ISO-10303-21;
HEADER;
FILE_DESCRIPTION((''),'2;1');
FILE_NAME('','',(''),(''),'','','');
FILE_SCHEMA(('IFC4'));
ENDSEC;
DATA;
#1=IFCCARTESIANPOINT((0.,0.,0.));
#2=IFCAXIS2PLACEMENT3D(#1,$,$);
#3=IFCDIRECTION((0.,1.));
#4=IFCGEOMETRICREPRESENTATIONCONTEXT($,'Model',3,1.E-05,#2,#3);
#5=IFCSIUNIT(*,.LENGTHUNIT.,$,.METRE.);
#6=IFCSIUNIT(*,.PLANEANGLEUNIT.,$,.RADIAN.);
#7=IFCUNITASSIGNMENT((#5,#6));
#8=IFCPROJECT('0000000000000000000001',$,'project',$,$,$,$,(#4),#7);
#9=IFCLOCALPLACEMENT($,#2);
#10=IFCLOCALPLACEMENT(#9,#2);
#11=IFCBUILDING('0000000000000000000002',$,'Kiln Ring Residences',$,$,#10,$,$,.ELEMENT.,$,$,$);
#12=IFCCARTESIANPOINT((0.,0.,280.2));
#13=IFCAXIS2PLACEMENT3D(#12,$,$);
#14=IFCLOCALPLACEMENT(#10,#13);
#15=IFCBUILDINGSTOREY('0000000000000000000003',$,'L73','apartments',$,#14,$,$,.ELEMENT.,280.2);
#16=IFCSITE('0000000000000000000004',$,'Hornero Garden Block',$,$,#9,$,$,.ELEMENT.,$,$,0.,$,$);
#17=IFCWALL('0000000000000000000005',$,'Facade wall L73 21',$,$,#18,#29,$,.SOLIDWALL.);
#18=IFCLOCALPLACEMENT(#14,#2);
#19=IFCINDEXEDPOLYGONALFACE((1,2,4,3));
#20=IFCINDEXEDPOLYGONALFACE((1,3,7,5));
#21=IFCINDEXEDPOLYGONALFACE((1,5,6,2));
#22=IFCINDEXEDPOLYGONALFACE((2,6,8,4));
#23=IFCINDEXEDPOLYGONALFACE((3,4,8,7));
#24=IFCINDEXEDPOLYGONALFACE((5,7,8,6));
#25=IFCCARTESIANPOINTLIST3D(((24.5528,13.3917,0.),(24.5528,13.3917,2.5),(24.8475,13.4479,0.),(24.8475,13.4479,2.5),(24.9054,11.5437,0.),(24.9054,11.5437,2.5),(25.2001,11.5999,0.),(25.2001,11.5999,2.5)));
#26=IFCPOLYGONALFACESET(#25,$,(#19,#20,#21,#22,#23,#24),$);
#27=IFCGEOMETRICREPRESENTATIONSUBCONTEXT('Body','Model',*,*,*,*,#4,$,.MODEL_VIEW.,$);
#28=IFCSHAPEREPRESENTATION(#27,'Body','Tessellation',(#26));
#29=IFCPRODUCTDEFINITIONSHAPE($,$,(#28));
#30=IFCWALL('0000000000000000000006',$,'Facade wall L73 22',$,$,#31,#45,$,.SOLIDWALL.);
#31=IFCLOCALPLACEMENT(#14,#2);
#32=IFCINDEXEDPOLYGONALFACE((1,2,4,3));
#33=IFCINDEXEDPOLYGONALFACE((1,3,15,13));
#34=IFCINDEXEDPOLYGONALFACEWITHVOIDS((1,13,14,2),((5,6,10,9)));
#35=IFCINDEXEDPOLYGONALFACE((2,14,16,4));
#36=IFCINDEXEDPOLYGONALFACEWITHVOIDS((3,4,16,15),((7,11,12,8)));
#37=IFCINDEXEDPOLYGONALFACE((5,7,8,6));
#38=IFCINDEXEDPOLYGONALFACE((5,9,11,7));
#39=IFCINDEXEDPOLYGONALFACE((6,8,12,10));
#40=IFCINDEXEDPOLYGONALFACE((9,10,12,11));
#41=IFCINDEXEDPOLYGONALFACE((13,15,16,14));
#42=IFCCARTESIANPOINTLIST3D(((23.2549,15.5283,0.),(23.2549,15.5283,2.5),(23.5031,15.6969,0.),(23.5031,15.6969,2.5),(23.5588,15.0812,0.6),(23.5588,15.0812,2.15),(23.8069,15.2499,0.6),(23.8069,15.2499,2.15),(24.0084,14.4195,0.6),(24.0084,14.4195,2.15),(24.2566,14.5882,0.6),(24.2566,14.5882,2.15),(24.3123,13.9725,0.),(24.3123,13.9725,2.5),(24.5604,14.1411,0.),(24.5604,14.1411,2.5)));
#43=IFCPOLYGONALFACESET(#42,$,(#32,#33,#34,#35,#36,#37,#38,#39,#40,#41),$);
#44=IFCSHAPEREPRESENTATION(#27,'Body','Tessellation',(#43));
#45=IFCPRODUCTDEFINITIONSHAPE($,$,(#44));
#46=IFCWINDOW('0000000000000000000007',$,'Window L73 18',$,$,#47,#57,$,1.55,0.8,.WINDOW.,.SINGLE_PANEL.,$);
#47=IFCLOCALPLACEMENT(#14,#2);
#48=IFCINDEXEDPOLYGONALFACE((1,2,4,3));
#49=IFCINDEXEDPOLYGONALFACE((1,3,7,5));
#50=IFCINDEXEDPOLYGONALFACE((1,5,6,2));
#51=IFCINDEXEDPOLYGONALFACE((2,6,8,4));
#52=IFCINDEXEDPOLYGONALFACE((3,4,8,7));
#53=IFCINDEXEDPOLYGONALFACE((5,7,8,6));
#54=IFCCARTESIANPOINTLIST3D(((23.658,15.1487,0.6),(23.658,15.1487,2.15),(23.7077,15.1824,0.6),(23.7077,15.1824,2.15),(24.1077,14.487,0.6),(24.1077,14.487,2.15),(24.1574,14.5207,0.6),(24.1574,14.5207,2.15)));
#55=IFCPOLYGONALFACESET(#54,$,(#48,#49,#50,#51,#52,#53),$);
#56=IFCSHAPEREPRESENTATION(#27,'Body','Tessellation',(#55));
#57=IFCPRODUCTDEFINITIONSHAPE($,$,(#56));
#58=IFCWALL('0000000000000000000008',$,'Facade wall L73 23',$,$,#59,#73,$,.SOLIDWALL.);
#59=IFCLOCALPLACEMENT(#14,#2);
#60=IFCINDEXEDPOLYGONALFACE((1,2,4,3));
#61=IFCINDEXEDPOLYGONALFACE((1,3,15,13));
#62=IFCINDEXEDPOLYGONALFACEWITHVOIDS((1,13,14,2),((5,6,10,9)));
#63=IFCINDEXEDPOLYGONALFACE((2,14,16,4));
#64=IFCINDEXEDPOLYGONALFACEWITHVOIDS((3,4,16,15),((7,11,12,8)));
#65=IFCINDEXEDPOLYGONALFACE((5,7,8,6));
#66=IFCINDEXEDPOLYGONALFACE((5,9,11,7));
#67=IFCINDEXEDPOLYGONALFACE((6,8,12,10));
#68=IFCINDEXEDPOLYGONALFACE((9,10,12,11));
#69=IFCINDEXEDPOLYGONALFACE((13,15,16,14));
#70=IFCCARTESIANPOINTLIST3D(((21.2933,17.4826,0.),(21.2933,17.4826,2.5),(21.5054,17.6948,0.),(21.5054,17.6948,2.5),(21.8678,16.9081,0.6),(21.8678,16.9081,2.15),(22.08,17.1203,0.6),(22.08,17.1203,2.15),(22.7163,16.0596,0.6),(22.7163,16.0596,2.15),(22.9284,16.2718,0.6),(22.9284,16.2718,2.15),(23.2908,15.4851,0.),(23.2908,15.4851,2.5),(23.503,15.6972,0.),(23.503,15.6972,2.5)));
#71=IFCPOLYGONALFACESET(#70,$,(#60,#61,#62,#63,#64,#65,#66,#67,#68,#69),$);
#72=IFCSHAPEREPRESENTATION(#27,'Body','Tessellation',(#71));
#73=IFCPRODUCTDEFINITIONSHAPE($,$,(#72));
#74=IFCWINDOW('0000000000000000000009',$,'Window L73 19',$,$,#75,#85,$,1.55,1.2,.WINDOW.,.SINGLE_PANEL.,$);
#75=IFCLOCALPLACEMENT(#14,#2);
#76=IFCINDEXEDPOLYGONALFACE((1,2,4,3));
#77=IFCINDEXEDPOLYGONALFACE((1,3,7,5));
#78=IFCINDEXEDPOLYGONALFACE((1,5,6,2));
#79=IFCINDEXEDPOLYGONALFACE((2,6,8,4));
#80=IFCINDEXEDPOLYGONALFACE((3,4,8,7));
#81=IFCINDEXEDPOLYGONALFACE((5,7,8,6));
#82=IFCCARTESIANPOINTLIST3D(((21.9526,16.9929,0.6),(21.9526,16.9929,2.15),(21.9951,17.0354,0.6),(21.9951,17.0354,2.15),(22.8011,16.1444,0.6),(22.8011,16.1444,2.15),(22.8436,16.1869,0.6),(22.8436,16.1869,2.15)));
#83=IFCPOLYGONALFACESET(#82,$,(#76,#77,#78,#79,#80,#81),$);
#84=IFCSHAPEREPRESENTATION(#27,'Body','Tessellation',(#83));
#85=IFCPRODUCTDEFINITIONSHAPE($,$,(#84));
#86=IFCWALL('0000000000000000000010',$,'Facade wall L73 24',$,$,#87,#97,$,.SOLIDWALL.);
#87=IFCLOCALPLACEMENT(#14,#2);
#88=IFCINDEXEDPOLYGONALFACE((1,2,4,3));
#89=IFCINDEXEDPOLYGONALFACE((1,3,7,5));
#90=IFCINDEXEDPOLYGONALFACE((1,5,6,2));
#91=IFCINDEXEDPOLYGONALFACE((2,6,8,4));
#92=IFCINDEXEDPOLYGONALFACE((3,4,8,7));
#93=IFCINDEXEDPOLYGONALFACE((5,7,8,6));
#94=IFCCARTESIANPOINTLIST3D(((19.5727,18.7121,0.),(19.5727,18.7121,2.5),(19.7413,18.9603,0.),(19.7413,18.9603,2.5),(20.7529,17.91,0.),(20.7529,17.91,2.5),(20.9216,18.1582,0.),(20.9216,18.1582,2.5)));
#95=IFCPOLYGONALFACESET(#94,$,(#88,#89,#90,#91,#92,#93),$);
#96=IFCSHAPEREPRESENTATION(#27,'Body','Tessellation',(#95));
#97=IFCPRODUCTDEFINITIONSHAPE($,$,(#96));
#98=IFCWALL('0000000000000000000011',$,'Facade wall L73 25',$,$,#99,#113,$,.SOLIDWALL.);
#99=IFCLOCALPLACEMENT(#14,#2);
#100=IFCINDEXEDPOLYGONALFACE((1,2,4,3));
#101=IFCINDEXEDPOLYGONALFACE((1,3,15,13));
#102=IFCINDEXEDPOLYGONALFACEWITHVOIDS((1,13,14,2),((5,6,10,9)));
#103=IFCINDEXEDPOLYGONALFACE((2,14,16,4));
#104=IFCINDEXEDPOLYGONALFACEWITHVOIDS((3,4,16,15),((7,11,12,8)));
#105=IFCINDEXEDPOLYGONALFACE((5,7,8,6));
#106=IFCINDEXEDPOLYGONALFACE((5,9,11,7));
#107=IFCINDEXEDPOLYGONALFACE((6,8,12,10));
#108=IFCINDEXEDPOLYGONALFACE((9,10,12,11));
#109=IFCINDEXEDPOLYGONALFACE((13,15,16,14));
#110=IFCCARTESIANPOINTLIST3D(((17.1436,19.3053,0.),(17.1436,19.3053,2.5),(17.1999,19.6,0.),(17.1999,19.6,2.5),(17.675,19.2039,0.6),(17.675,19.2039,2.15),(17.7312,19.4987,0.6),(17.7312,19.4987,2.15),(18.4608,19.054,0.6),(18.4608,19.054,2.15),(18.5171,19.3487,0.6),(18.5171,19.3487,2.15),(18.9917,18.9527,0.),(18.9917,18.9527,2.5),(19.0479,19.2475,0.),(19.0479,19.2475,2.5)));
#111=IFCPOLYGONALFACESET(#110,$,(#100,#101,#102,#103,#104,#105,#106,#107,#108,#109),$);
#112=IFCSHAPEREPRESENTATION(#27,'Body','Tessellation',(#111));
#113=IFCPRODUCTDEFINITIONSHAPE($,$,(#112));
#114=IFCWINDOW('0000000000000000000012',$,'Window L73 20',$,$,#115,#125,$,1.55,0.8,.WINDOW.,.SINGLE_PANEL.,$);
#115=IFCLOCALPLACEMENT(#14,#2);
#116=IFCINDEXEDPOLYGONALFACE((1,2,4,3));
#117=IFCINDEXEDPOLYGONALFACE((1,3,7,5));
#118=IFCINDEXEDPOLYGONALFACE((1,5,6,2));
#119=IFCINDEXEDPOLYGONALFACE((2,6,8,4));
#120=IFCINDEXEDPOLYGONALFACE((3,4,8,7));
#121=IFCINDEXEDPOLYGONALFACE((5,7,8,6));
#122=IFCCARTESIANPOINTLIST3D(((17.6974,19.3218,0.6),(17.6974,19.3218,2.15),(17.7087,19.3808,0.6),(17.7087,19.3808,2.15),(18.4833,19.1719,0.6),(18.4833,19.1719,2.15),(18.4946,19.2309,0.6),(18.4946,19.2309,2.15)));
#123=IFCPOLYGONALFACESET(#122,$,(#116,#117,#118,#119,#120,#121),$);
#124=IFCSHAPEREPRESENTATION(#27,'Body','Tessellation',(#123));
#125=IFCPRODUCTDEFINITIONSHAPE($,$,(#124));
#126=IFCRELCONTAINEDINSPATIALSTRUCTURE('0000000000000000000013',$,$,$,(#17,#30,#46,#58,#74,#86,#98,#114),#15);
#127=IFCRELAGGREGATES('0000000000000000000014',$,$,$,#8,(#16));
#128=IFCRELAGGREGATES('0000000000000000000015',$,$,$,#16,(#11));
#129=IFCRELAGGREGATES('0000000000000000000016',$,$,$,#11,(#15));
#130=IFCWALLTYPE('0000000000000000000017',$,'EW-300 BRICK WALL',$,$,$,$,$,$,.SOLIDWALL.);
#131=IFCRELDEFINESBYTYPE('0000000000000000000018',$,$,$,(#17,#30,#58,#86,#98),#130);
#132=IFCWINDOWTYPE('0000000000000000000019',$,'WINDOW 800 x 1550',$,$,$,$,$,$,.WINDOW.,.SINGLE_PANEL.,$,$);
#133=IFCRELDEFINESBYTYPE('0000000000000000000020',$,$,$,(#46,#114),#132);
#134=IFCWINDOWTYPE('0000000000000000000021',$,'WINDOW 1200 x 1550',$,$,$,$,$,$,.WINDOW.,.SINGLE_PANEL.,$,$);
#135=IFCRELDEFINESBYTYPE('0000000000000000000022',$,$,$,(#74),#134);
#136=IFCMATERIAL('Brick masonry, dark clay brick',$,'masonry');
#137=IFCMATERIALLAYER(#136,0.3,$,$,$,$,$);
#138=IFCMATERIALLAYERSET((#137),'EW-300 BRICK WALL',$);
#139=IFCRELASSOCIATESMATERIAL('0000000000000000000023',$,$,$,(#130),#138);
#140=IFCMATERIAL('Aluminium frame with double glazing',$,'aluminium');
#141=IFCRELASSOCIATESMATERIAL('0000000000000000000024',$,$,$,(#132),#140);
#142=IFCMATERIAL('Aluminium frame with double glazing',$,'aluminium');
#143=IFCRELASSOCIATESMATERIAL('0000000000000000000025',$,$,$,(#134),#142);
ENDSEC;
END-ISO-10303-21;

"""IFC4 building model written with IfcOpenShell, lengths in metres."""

from ifc_helpers import new_model, si_unit, direction, frame, frame_2d, origin, place, context, subcontext, project, spatial, rectangle, extrude, material, layer, layer_set, type_object, element, fill, save


model = new_model("IFC4")

# Units and contexts
model_context = context("Model", 3, precision=1e-05, world=origin(), true_north=direction((0.0, 1.0)))
body_context = subcontext(model_context, "Body", "Model", "MODEL_VIEW")
ifc_project = project(units=[si_unit("LENGTHUNIT", "METRE"), si_unit("PLANEANGLEUNIT", "RADIAN")], contexts=[model_context])

# Site, building, storey
site_placement = place(None, origin())
site = spatial("IfcSite", under=ifc_project, at=site_placement, Name="Hornero Garden Block", CompositionType="ELEMENT", RefElevation=0.0)
building_placement = place(site_placement, origin())
building = spatial("IfcBuilding", under=site, at=building_placement, Name="Kiln Ring Residences", CompositionType="ELEMENT")
storey_placement = place(building_placement, frame((0.0, 0.0, 280.2)))
storey = spatial("IfcBuildingStorey", under=building, at=storey_placement, Name="L73", Description="apartments", CompositionType="ELEMENT", Elevation=280.2)

# Wall
ifc_material_1 = material(Name="Brick masonry, dark clay brick", Category="masonry")
ifc_layer_1 = layer(ifc_material_1, 0.3)
ifc_layer_set_1 = layer_set([ifc_layer_1], Name="EW-300 BRICK WALL")
wall_type_1 = type_object("IfcWallType", Name="EW-300 BRICK WALL", PredefinedType="SOLIDWALL", material=ifc_layer_set_1)
wall_1_placement = place(storey_placement, frame((25.0527, 11.5718, 0.0), z_axis=(0.0, 0.0, 1.0), x_axis=(-0.187398, 0.982284, 0.0)))
element("IfcWall", 1, at=wall_1_placement, inside=storey, type_object=wall_type_1, Name="Facade wall L73 21", PredefinedType="SOLIDWALL", context=body_context, shape_type="SweptSolid", body=[
    extrude(rectangle(XDim=1.8813, YDim=0.3, at=frame_2d((0.9407, 0.0))), origin(), (0.0, 0.0, 1.0), 2.5),
])

# Walls, openings, windows
wall_2_placement = place(storey_placement, frame((24.4363, 14.0569, 0.0), z_axis=(0.0, 0.0, 1.0), x_axis=(-0.562076, 0.827086, 0.0)))
wall_2 = element("IfcWall", 2, at=wall_2_placement, inside=storey, type_object=wall_type_1, Name="Facade wall L73 22", PredefinedType="SOLIDWALL", context=body_context, shape_type="SweptSolid", body=[
    extrude(rectangle(XDim=1.8811, YDim=0.3, at=frame_2d((0.9404, 0.0))), origin(), (0.0, 0.0, 1.0), 2.5),
])
opening_1_placement = place(wall_2_placement, frame((0.5405, 0.0, 0.6001)))
opening_1 = element("IfcOpeningElement", 3, at=opening_1_placement, cuts=wall_2, PredefinedType="OPENING", context=body_context, shape_type="SweptSolid", body=[
    extrude(rectangle(XDim=0.8, YDim=1.55, at=frame_2d((0.3999, 0.7749))), frame((0.0, 0.1599, 0.0), z_axis=(0.0, -1.0, 0.0), x_axis=(1.0, 0.0, 0.0)), (0.0, 0.0, 1.0), 0.3201),
])
ifc_material_2 = material(Name="Aluminium frame with double glazing", Category="aluminium")
window_type_1 = type_object("IfcWindowType", Name="WINDOW 800 x 1550", PartitioningType="SINGLE_PANEL", PredefinedType="WINDOW", material=ifc_material_2)
window_1_placement = place(opening_1_placement, origin())
window_1 = element("IfcWindow", 4, at=window_1_placement, inside=storey, type_object=window_type_1, Name="Window L73 18", OverallHeight=1.55, OverallWidth=0.8, PartitioningType="SINGLE_PANEL", PredefinedType="WINDOW", context=body_context, shape_type="SweptSolid", body=[
    extrude(rectangle(XDim=0.8, YDim=1.55, at=frame_2d((0.3999, 0.7749))), frame((0.0, 0.03, 0.0), z_axis=(0.0, -1.0, 0.0), x_axis=(1.0, 0.0, 0.0)), (0.0, 0.0, 1.0), 0.0601),
])
fill(opening_1, window_1)
wall_3_placement = place(storey_placement, frame((23.397, 15.5911, 0.0), z_axis=(0.0, 0.0, 1.0), x_axis=(-0.707107, 0.707107, 0.0)))
wall_3 = element("IfcWall", 5, at=wall_3_placement, inside=storey, type_object=wall_type_1, Name="Facade wall L73 23", PredefinedType="SOLIDWALL", context=body_context, shape_type="SweptSolid", body=[
    extrude(rectangle(XDim=2.825, YDim=0.3, at=frame_2d((1.4126, 0.0))), origin(), (0.0, 0.0, 1.0), 2.5),
])
opening_2_placement = place(wall_3_placement, frame((0.8125, 0.0, 0.6001)))
opening_2 = element("IfcOpeningElement", 6, at=opening_2_placement, cuts=wall_3, PredefinedType="OPENING", context=body_context, shape_type="SweptSolid", body=[
    extrude(rectangle(XDim=1.2, YDim=1.55, at=frame_2d((0.6001, 0.7749))), frame((0.0, 0.1599, 0.0), z_axis=(0.0, -1.0, 0.0), x_axis=(1.0, 0.0, 0.0)), (0.0, 0.0, 1.0), 0.3201),
])
ifc_material_3 = material(Name="Aluminium frame with double glazing", Category="aluminium")
window_type_2 = type_object("IfcWindowType", Name="WINDOW 1200 x 1550", PartitioningType="SINGLE_PANEL", PredefinedType="WINDOW", material=ifc_material_3)
window_2_placement = place(opening_2_placement, origin())
window_2 = element("IfcWindow", 7, at=window_2_placement, inside=storey, type_object=window_type_2, Name="Window L73 19", OverallHeight=1.55, OverallWidth=1.2, PartitioningType="SINGLE_PANEL", PredefinedType="WINDOW", context=body_context, shape_type="SweptSolid", body=[
    extrude(rectangle(XDim=1.2, YDim=1.55, at=frame_2d((0.6001, 0.7749))), frame((0.0, 0.03, 0.0), z_axis=(0.0, -1.0, 0.0), x_axis=(1.0, 0.0, 0.0)), (0.0, 0.0, 1.0), 0.0601),
])
fill(opening_2, window_2)

# Wall
wall_4_placement = place(storey_placement, frame((20.8372, 18.0342, 0.0), z_axis=(0.0, 0.0, 1.0), x_axis=(-0.827095, 0.562062, 0.0)))
element("IfcWall", 8, at=wall_4_placement, inside=storey, type_object=wall_type_1, Name="Facade wall L73 24", PredefinedType="SOLIDWALL", context=body_context, shape_type="SweptSolid", body=[
    extrude(rectangle(XDim=1.427, YDim=0.3, at=frame_2d((0.7134, 0.0))), origin(), (0.0, 0.0, 1.0), 2.5),
])

# Wall, opening, window
wall_5_placement = place(storey_placement, frame((19.0198, 19.1001, 0.0), z_axis=(0.0, 0.0, 1.0), x_axis=(-0.982284, 0.187398, 0.0)))
wall_5 = element("IfcWall", 9, at=wall_5_placement, inside=storey, type_object=wall_type_1, Name="Facade wall L73 25", PredefinedType="SOLIDWALL", context=body_context, shape_type="SweptSolid", body=[
    extrude(rectangle(XDim=1.8813, YDim=0.3, at=frame_2d((0.9407, 0.0))), origin(), (0.0, 0.0, 1.0), 2.5),
])
opening_3_placement = place(wall_5_placement, frame((0.5405, 0.0, 0.6001)))
opening_3 = element("IfcOpeningElement", 10, at=opening_3_placement, cuts=wall_5, PredefinedType="OPENING", context=body_context, shape_type="SweptSolid", body=[
    extrude(rectangle(XDim=0.8, YDim=1.55, at=frame_2d((0.3999, 0.7749))), frame((0.0, 0.1599, 0.0), z_axis=(0.0, -1.0, 0.0), x_axis=(1.0, 0.0, 0.0)), (0.0, 0.0, 1.0), 0.3201),
])
window_3_placement = place(opening_3_placement, origin())
window_3 = element("IfcWindow", 11, at=window_3_placement, inside=storey, type_object=window_type_1, Name="Window L73 20", OverallHeight=1.55, OverallWidth=0.8, PartitioningType="SINGLE_PANEL", PredefinedType="WINDOW", context=body_context, shape_type="SweptSolid", body=[
    extrude(rectangle(XDim=0.8, YDim=1.55, at=frame_2d((0.3999, 0.7749))), frame((0.0, 0.03, 0.0), z_axis=(0.0, -1.0, 0.0), x_axis=(1.0, 0.0, 0.0)), (0.0, 0.0, 1.0), 0.0601),
])
fill(opening_3, window_3)

save(model, "model.ifc")
